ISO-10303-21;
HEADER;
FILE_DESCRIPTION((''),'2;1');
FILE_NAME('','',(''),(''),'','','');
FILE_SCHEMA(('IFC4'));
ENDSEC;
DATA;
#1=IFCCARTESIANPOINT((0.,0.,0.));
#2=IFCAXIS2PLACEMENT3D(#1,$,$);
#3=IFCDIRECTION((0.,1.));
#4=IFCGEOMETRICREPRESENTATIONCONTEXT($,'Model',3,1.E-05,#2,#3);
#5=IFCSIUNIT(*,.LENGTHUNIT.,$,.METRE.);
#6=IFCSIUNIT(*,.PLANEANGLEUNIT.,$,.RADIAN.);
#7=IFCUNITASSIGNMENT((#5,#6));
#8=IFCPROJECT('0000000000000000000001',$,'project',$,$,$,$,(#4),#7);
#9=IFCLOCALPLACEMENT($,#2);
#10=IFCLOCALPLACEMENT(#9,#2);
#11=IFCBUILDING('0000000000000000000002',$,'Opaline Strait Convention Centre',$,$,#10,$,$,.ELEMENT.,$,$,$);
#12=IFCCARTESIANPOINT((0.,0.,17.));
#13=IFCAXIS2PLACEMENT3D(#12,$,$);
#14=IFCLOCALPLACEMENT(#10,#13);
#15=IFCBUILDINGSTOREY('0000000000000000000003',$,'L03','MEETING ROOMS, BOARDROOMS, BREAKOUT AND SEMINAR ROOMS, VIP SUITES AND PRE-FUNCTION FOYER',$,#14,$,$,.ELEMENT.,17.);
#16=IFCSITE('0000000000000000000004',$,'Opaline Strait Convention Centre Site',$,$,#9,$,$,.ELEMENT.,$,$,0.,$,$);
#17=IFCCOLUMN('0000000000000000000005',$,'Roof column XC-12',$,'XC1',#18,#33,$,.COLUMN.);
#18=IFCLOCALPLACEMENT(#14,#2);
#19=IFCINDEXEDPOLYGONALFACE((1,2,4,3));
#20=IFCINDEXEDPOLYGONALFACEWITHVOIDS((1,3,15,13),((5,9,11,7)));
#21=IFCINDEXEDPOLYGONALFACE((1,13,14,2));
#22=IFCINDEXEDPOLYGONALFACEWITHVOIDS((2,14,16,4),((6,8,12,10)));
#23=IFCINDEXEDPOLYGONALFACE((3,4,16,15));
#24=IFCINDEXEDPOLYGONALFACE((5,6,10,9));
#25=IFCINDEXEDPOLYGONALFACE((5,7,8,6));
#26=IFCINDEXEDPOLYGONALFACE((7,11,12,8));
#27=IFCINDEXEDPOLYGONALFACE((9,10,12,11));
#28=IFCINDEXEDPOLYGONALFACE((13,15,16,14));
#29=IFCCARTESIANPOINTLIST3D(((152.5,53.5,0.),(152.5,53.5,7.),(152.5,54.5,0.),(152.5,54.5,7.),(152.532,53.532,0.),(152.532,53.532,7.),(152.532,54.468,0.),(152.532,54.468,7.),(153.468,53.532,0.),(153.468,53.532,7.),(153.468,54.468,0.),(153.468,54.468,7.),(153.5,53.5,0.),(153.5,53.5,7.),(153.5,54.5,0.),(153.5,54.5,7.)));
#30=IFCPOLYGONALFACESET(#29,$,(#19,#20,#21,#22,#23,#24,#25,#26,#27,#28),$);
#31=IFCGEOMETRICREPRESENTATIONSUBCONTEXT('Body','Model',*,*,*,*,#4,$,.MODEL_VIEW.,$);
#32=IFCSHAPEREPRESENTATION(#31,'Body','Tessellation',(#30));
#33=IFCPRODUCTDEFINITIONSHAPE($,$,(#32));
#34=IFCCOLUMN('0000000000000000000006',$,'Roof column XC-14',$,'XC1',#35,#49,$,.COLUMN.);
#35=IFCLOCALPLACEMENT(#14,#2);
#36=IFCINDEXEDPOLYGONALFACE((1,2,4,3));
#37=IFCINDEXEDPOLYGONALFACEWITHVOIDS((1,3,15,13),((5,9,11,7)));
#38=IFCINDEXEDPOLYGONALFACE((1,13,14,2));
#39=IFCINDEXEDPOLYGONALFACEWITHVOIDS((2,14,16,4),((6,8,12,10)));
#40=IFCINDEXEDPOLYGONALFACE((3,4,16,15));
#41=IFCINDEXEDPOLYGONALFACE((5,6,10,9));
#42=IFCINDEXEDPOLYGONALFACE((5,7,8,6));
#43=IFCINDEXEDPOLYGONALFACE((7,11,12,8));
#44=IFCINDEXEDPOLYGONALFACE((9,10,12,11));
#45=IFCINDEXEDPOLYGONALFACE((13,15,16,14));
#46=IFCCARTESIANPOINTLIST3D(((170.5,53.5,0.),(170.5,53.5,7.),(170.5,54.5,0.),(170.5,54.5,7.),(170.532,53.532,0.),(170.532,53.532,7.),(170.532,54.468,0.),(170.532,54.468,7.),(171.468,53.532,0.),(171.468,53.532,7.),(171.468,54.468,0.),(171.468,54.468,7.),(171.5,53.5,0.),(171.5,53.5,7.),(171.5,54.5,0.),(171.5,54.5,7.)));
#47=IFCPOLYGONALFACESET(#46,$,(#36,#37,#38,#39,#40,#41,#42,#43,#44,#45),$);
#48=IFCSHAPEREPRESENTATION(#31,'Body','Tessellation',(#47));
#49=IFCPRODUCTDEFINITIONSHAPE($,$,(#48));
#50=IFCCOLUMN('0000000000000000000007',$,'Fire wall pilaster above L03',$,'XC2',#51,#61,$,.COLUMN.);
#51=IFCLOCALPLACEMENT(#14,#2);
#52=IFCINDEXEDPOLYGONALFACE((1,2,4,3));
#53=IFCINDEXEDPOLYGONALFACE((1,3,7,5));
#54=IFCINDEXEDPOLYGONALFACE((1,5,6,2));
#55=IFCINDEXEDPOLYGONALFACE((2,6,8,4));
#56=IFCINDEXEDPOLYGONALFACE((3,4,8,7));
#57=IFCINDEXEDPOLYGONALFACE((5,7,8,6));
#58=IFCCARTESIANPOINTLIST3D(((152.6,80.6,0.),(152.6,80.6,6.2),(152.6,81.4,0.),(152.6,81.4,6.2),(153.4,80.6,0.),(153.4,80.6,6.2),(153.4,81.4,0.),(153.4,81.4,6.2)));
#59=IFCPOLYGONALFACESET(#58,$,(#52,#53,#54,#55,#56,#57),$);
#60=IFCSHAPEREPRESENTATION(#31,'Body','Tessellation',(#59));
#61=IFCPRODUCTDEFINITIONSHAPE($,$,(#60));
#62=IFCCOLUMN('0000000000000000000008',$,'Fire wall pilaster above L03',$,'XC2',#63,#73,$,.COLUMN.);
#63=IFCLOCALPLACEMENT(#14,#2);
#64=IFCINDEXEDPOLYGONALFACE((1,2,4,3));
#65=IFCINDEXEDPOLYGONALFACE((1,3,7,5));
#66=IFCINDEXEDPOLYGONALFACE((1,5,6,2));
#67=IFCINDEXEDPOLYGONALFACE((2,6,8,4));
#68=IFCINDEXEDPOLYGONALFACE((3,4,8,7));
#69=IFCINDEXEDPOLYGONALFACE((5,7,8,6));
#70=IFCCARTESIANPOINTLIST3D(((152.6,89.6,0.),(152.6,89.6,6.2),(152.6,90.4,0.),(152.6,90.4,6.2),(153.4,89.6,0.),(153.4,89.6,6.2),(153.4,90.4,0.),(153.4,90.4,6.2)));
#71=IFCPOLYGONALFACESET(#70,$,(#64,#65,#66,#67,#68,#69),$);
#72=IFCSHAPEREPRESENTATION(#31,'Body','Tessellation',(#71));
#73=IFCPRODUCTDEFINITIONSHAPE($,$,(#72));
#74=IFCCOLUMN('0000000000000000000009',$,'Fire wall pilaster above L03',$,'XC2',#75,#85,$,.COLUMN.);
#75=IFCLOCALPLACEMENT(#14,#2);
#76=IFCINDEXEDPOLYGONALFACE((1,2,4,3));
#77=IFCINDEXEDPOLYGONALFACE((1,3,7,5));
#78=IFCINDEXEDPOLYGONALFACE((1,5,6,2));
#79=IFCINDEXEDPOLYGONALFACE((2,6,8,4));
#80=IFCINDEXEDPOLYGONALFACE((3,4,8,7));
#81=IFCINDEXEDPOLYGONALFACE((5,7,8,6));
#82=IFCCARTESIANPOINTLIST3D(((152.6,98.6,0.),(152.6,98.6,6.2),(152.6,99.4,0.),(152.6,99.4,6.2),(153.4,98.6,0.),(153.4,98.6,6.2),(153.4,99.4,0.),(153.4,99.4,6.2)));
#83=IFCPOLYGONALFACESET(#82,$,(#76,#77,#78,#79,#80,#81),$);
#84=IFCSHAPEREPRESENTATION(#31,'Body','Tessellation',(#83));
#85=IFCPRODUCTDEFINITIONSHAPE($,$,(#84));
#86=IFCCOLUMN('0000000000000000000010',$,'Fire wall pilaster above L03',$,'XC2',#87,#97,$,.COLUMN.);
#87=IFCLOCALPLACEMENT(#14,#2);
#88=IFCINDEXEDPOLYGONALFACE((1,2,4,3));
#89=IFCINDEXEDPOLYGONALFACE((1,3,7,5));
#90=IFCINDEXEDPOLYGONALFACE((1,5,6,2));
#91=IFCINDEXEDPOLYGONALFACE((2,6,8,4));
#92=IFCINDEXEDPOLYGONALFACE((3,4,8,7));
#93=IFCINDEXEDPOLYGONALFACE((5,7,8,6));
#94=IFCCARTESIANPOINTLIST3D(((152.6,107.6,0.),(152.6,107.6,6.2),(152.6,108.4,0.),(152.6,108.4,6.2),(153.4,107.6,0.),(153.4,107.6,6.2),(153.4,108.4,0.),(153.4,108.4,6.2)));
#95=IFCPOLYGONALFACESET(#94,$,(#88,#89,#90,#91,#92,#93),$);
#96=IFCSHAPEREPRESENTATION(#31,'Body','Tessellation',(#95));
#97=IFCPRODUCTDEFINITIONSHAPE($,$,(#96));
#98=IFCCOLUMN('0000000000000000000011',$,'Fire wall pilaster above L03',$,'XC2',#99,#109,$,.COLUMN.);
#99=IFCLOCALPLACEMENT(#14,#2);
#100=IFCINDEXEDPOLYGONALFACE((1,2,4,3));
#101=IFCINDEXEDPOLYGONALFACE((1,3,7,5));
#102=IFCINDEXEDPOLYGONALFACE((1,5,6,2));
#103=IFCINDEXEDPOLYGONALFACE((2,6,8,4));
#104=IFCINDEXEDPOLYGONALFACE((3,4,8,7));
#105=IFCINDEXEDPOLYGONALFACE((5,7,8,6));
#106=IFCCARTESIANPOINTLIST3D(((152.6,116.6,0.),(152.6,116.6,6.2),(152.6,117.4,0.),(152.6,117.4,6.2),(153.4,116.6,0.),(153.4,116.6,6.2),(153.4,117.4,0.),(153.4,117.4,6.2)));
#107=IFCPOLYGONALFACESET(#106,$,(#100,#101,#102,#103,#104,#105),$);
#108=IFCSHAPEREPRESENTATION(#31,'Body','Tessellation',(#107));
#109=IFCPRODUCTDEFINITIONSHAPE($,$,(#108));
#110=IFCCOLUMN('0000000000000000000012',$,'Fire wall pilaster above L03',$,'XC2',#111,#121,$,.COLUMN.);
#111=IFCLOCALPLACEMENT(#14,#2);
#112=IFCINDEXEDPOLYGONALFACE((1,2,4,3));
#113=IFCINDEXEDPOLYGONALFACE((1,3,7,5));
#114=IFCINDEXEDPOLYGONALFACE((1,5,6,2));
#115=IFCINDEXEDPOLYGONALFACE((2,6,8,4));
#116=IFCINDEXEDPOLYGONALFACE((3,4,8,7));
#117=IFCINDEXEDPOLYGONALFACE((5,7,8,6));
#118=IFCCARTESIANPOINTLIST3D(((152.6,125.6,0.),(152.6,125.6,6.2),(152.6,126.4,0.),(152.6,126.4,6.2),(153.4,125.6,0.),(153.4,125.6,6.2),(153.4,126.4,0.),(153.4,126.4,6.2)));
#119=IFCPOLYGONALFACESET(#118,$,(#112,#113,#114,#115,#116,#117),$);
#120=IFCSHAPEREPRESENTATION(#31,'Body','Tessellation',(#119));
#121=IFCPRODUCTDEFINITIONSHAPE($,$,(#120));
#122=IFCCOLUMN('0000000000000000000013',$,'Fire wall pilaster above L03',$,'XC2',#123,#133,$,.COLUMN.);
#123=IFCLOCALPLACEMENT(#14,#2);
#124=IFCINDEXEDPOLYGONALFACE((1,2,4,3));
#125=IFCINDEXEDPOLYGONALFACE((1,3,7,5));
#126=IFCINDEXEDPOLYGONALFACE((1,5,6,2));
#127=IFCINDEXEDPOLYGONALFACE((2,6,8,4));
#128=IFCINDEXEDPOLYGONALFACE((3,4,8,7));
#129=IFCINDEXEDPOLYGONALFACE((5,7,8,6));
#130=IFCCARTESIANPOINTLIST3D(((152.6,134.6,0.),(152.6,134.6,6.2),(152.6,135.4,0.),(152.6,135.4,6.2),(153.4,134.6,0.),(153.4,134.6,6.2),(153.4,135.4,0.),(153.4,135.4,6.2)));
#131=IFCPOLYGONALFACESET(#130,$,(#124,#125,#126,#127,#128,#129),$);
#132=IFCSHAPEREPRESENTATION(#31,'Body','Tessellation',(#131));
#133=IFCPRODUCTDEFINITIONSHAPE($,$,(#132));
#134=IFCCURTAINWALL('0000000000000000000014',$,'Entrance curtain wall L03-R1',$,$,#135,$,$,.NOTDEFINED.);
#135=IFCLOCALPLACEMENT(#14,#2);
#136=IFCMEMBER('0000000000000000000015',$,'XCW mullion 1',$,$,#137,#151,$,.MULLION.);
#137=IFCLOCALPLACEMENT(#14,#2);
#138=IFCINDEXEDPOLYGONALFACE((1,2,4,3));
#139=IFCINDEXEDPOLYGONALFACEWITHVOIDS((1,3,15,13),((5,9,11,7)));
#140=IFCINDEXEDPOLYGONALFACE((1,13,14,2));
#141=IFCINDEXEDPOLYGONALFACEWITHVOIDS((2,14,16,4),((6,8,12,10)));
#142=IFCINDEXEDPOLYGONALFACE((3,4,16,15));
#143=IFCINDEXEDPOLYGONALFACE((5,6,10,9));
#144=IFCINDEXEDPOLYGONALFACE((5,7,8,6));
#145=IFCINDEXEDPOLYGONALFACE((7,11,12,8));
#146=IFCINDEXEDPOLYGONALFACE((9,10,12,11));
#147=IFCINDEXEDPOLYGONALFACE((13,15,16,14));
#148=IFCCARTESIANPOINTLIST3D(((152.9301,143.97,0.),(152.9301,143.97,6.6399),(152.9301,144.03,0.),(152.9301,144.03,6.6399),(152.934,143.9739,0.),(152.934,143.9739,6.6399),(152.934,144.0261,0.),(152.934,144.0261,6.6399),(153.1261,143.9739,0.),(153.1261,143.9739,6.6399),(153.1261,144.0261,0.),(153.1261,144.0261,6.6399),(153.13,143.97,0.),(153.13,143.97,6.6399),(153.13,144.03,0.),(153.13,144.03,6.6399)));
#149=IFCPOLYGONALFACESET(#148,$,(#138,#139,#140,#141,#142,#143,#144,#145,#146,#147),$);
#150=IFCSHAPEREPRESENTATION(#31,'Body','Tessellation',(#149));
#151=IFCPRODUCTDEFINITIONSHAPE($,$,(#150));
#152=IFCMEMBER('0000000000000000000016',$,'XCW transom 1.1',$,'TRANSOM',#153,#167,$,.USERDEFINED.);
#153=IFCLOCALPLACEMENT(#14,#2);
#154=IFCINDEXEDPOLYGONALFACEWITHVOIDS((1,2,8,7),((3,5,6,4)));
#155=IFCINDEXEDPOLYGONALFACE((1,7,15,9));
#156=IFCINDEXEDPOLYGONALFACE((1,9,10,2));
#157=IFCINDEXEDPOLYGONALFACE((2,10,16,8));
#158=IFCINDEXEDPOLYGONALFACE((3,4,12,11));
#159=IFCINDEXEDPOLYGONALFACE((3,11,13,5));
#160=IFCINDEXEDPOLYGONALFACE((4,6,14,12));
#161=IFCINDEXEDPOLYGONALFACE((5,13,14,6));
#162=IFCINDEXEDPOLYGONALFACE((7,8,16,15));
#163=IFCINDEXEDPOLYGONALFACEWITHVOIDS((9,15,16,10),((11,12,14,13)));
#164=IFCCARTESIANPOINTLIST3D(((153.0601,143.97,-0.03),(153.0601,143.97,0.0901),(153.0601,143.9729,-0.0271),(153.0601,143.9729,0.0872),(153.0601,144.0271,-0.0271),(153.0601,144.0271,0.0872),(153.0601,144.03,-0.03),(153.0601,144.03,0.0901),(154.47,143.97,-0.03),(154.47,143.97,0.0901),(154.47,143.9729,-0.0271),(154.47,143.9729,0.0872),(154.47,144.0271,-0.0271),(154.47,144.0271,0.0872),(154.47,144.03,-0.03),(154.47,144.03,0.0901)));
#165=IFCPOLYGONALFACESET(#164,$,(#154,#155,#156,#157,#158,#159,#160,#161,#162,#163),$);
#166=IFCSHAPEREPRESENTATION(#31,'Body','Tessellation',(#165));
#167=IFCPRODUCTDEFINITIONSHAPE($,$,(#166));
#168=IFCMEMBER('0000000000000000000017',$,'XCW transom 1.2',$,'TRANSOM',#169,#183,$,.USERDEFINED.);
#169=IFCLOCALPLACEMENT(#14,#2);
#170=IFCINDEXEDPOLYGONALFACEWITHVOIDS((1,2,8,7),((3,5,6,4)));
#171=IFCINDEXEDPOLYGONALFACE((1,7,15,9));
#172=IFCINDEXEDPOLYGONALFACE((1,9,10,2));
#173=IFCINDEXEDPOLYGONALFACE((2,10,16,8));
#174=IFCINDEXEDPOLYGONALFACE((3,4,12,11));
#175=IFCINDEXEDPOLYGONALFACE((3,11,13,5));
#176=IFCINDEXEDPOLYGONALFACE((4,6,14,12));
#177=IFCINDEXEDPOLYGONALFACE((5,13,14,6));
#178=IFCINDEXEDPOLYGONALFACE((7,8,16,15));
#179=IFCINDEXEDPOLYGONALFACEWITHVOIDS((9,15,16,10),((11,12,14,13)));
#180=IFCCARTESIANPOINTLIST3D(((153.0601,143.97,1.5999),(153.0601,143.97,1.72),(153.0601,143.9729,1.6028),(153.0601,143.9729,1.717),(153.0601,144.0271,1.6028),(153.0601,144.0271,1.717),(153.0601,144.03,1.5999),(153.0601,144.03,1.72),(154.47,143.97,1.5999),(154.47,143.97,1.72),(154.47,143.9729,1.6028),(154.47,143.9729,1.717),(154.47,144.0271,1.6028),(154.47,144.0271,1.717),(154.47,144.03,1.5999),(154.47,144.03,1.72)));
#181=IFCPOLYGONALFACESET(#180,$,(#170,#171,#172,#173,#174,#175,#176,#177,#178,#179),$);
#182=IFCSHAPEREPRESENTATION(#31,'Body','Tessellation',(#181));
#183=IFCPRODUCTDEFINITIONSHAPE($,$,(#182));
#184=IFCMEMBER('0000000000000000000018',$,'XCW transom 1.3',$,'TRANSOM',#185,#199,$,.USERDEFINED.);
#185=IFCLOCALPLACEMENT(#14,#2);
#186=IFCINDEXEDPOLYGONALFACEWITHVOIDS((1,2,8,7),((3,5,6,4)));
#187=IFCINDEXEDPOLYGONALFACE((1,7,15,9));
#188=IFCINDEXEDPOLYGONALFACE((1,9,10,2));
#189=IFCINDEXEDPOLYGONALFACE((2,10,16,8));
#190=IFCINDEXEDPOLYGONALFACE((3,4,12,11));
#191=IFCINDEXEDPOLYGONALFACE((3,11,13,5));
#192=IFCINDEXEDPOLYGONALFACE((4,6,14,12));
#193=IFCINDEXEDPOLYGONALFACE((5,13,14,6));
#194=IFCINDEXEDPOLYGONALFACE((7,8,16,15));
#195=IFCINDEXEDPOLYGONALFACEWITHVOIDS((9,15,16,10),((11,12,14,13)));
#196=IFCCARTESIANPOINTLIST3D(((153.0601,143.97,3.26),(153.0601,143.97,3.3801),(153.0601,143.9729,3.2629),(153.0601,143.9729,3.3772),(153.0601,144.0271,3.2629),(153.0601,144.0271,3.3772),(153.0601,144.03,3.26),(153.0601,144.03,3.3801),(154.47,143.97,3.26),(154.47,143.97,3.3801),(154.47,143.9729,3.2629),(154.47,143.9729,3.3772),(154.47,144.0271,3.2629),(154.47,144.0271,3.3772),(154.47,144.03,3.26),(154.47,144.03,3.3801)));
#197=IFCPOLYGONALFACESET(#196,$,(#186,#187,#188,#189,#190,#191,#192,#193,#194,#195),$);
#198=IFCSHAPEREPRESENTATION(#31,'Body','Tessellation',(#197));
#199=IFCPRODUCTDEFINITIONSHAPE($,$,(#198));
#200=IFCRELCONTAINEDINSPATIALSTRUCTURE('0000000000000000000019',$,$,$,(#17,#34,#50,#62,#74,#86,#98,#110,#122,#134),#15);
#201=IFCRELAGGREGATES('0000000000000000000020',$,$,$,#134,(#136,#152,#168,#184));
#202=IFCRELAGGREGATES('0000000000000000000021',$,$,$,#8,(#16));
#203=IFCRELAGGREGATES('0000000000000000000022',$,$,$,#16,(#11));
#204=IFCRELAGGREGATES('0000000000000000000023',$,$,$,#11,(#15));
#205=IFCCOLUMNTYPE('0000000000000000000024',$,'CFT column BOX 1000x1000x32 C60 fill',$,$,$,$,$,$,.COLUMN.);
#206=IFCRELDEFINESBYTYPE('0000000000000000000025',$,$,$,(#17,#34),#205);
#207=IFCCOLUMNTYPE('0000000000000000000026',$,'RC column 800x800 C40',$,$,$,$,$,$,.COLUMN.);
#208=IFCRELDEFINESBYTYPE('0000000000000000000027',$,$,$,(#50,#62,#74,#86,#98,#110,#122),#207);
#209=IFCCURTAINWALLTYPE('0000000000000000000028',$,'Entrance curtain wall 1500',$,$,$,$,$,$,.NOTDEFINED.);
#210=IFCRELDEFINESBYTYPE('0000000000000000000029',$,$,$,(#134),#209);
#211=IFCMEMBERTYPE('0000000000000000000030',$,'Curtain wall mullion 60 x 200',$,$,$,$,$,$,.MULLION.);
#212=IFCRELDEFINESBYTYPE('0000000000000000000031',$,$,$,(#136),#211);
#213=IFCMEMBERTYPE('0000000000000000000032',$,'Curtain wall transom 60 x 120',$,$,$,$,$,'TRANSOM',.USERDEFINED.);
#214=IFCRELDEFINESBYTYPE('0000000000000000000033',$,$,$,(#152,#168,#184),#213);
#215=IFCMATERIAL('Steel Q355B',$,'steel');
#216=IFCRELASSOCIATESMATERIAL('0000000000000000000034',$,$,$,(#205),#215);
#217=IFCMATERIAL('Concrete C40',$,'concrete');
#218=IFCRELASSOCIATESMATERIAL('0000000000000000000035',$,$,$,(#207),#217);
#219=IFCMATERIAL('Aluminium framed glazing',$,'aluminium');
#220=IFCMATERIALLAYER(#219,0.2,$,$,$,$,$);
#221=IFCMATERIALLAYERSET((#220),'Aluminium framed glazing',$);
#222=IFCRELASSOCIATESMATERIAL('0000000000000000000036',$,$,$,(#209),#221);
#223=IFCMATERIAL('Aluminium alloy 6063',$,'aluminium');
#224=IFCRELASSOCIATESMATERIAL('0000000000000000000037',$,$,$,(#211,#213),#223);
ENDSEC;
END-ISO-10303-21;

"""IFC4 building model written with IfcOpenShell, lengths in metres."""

from ifc_helpers import new_model, si_unit, direction, frame, origin, origin_2d, place, context, subcontext, project, spatial, rectangle, hollow_rectangle, extrude, material, layer, layer_set, material_profile, profile_set, type_object, element, aggregate, save


model = new_model("IFC4")

# Units and contexts
model_context = context("Model", 3, precision=1e-05, world=origin(), true_north=direction((0.0, 1.0)))
body_context = subcontext(model_context, "Body", "Model", "MODEL_VIEW")
ifc_project = project(units=[si_unit("LENGTHUNIT", "METRE"), si_unit("PLANEANGLEUNIT", "RADIAN")], contexts=[model_context])

# Site, building, storey
site_placement = place(None, origin())
site = spatial("IfcSite", under=ifc_project, at=site_placement, Name="Opaline Strait Convention Centre Site", CompositionType="ELEMENT", RefElevation=0.0)
building_placement = place(site_placement, origin())
building = spatial("IfcBuilding", under=site, at=building_placement, Name="Opaline Strait Convention Centre", CompositionType="ELEMENT")
storey_placement = place(building_placement, frame((0.0, 0.0, 17.0)))
storey = spatial("IfcBuildingStorey", under=building, at=storey_placement, Name="L03", Description="MEETING ROOMS, BOARDROOMS, BREAKOUT AND SEMINAR ROOMS, VIP SUITES AND PRE-FUNCTION FOYER", CompositionType="ELEMENT", Elevation=17.0)

# Columns
ifc_material_1 = material(Name="Steel Q355B", Category="steel")
ifc_material_profile_1 = material_profile(ifc_material_1, hollow_rectangle(XDim=1.0, YDim=1.0, WallThickness=0.032, at=origin_2d()), Name="BOX 1000x1000x32")
ifc_profile_set_1 = profile_set([ifc_material_profile_1], Name="Steel Q355B")
column_type_1 = type_object("IfcColumnType", Name="CFT column BOX 1000x1000x32 C60 fill", PredefinedType="COLUMN", material=ifc_profile_set_1)
for number, where, z_axis, x_axis, name in (
    (1, (153.0, 54.0, 0.0), (0.0, 0.0, 1.0), (1.0, 0.0, 0.0), "Roof column XC-12"),
    (2, (171.0, 54.0, 0.0), (0.0, 0.0, 1.0), (1.0, 0.0, 0.0), "Roof column XC-14"),
):
    element("IfcColumn", number, at=place(storey_placement, frame(where, z_axis=z_axis, x_axis=x_axis)), inside=storey, type_object=column_type_1, Name=name, ObjectType="XC1", PredefinedType="COLUMN", context=body_context, shape_type="SweptSolid", body=[
        extrude(hollow_rectangle(XDim=1.0, YDim=1.0, WallThickness=0.032, at=origin_2d()), origin(), (0.0, 0.0, 1.0), 7.0),
    ])
ifc_material_2 = material(Name="Concrete C40", Category="concrete")
ifc_material_profile_2 = material_profile(ifc_material_2, rectangle(XDim=0.8, YDim=0.8, at=origin_2d()), Name="RC 800x800")
ifc_profile_set_2 = profile_set([ifc_material_profile_2], Name="Concrete C40")
column_type_2 = type_object("IfcColumnType", Name="RC column 800x800 C40", PredefinedType="COLUMN", material=ifc_profile_set_2)
for number, where, z_axis, x_axis, name in (
    (3, (153.0, 81.0, 0.0), (0.0, 0.0, 1.0), (1.0, 0.0, 0.0), "Fire wall pilaster above L03"),
    (4, (153.0, 90.0, 0.0), (0.0, 0.0, 1.0), (1.0, 0.0, 0.0), "Fire wall pilaster above L03"),
    (5, (153.0, 99.0, 0.0), (0.0, 0.0, 1.0), (1.0, 0.0, 0.0), "Fire wall pilaster above L03"),
    (6, (153.0, 108.0, 0.0), (0.0, 0.0, 1.0), (1.0, 0.0, 0.0), "Fire wall pilaster above L03"),
    (7, (153.0, 117.0, 0.0), (0.0, 0.0, 1.0), (1.0, 0.0, 0.0), "Fire wall pilaster above L03"),
    (8, (153.0, 126.0, 0.0), (0.0, 0.0, 1.0), (1.0, 0.0, 0.0), "Fire wall pilaster above L03"),
    (9, (153.0, 135.0, 0.0), (0.0, 0.0, 1.0), (1.0, 0.0, 0.0), "Fire wall pilaster above L03"),
):
    element("IfcColumn", number, at=place(storey_placement, frame(where, z_axis=z_axis, x_axis=x_axis)), inside=storey, type_object=column_type_2, Name=name, ObjectType="XC2", PredefinedType="COLUMN", context=body_context, shape_type="SweptSolid", body=[
        extrude(rectangle(XDim=0.8, YDim=0.8, at=origin_2d()), origin(), (0.0, 0.0, 1.0), 6.2),
    ])

# Curtain wall, members
ifc_material_3 = material(Name="Aluminium framed glazing", Category="aluminium")
ifc_layer_1 = layer(ifc_material_3, 0.2)
ifc_layer_set_1 = layer_set([ifc_layer_1], Name="Aluminium framed glazing")
curtain_wall_type = type_object("IfcCurtainWallType", Name="Entrance curtain wall 1500", PredefinedType="NOTDEFINED", material=ifc_layer_set_1)
curtain_wall_placement = place(storey_placement, origin())
curtain_wall = element("IfcCurtainWall", 10, at=curtain_wall_placement, inside=storey, type_object=curtain_wall_type, Name="Entrance curtain wall L03-R1", PredefinedType="NOTDEFINED")
ifc_material_4 = material(Name="Aluminium alloy 6063", Category="aluminium")
ifc_material_profile_3 = material_profile(ifc_material_4, hollow_rectangle(XDim=0.0601, YDim=0.2, WallThickness=0.0039, at=origin_2d()), Name="MULLION 60x200x4")
ifc_profile_set_3 = profile_set([ifc_material_profile_3], Name="Aluminium alloy 6063")
member_type_1 = type_object("IfcMemberType", Name="Curtain wall mullion 60 x 200", PredefinedType="MULLION", material=ifc_profile_set_3)
member_1_placement = place(storey_placement, frame((153.03, 144.0, 0.0), z_axis=(0.0, 0.0, 1.0), x_axis=(0.0, 1.0, 0.0)))
member_1 = element("IfcMember", 11, at=member_1_placement, type_object=member_type_1, Name="XCW mullion 1", PredefinedType="MULLION", context=body_context, shape_type="SweptSolid", body=[
    extrude(hollow_rectangle(XDim=0.0601, YDim=0.2, WallThickness=0.0039, at=origin_2d()), origin(), (0.0, 0.0, 1.0), 6.6399),
])
ifc_material_profile_4 = material_profile(ifc_material_4, hollow_rectangle(XDim=0.0601, YDim=0.1201, WallThickness=0.0029, at=origin_2d()), Name="TRANSOM 60x120x3")
ifc_profile_set_4 = profile_set([ifc_material_profile_4], Name="Aluminium alloy 6063")
member_type_2 = type_object("IfcMemberType", Name="Curtain wall transom 60 x 120", ElementType="TRANSOM", PredefinedType="USERDEFINED", material=ifc_profile_set_4)
member_2_placement = place(storey_placement, frame((153.0601, 144.0, 0.03), z_axis=(1.0, 0.0, 0.0), x_axis=(0.0, 1.0, 0.0)))
member_2 = element("IfcMember", 12, at=member_2_placement, type_object=member_type_2, Name="XCW transom 1.1", ObjectType="TRANSOM", PredefinedType="USERDEFINED", context=body_context, shape_type="SweptSolid", body=[
    extrude(hollow_rectangle(XDim=0.0601, YDim=0.1201, WallThickness=0.0029, at=origin_2d()), origin(), (0.0, 0.0, 1.0), 1.4099),
])
member_3_placement = place(storey_placement, frame((153.0601, 144.0, 1.6599), z_axis=(1.0, 0.0, 0.0), x_axis=(0.0, 1.0, 0.0)))
member_3 = element("IfcMember", 13, at=member_3_placement, type_object=member_type_2, Name="XCW transom 1.2", ObjectType="TRANSOM", PredefinedType="USERDEFINED", context=body_context, shape_type="SweptSolid", body=[
    extrude(hollow_rectangle(XDim=0.0601, YDim=0.1201, WallThickness=0.0029, at=origin_2d()), origin(), (0.0, 0.0, 1.0), 1.4099),
])
member_4_placement = place(storey_placement, frame((153.0601, 144.0, 3.3201), z_axis=(1.0, 0.0, 0.0), x_axis=(0.0, 1.0, 0.0)))
member_4 = element("IfcMember", 14, at=member_4_placement, type_object=member_type_2, Name="XCW transom 1.3", ObjectType="TRANSOM", PredefinedType="USERDEFINED", context=body_context, shape_type="SweptSolid", body=[
    extrude(hollow_rectangle(XDim=0.0601, YDim=0.1201, WallThickness=0.0029, at=origin_2d()), origin(), (0.0, 0.0, 1.0), 1.4099),
])
aggregate(curtain_wall, [member_1, member_2, member_3, member_4])

save(model, "model.ifc")
